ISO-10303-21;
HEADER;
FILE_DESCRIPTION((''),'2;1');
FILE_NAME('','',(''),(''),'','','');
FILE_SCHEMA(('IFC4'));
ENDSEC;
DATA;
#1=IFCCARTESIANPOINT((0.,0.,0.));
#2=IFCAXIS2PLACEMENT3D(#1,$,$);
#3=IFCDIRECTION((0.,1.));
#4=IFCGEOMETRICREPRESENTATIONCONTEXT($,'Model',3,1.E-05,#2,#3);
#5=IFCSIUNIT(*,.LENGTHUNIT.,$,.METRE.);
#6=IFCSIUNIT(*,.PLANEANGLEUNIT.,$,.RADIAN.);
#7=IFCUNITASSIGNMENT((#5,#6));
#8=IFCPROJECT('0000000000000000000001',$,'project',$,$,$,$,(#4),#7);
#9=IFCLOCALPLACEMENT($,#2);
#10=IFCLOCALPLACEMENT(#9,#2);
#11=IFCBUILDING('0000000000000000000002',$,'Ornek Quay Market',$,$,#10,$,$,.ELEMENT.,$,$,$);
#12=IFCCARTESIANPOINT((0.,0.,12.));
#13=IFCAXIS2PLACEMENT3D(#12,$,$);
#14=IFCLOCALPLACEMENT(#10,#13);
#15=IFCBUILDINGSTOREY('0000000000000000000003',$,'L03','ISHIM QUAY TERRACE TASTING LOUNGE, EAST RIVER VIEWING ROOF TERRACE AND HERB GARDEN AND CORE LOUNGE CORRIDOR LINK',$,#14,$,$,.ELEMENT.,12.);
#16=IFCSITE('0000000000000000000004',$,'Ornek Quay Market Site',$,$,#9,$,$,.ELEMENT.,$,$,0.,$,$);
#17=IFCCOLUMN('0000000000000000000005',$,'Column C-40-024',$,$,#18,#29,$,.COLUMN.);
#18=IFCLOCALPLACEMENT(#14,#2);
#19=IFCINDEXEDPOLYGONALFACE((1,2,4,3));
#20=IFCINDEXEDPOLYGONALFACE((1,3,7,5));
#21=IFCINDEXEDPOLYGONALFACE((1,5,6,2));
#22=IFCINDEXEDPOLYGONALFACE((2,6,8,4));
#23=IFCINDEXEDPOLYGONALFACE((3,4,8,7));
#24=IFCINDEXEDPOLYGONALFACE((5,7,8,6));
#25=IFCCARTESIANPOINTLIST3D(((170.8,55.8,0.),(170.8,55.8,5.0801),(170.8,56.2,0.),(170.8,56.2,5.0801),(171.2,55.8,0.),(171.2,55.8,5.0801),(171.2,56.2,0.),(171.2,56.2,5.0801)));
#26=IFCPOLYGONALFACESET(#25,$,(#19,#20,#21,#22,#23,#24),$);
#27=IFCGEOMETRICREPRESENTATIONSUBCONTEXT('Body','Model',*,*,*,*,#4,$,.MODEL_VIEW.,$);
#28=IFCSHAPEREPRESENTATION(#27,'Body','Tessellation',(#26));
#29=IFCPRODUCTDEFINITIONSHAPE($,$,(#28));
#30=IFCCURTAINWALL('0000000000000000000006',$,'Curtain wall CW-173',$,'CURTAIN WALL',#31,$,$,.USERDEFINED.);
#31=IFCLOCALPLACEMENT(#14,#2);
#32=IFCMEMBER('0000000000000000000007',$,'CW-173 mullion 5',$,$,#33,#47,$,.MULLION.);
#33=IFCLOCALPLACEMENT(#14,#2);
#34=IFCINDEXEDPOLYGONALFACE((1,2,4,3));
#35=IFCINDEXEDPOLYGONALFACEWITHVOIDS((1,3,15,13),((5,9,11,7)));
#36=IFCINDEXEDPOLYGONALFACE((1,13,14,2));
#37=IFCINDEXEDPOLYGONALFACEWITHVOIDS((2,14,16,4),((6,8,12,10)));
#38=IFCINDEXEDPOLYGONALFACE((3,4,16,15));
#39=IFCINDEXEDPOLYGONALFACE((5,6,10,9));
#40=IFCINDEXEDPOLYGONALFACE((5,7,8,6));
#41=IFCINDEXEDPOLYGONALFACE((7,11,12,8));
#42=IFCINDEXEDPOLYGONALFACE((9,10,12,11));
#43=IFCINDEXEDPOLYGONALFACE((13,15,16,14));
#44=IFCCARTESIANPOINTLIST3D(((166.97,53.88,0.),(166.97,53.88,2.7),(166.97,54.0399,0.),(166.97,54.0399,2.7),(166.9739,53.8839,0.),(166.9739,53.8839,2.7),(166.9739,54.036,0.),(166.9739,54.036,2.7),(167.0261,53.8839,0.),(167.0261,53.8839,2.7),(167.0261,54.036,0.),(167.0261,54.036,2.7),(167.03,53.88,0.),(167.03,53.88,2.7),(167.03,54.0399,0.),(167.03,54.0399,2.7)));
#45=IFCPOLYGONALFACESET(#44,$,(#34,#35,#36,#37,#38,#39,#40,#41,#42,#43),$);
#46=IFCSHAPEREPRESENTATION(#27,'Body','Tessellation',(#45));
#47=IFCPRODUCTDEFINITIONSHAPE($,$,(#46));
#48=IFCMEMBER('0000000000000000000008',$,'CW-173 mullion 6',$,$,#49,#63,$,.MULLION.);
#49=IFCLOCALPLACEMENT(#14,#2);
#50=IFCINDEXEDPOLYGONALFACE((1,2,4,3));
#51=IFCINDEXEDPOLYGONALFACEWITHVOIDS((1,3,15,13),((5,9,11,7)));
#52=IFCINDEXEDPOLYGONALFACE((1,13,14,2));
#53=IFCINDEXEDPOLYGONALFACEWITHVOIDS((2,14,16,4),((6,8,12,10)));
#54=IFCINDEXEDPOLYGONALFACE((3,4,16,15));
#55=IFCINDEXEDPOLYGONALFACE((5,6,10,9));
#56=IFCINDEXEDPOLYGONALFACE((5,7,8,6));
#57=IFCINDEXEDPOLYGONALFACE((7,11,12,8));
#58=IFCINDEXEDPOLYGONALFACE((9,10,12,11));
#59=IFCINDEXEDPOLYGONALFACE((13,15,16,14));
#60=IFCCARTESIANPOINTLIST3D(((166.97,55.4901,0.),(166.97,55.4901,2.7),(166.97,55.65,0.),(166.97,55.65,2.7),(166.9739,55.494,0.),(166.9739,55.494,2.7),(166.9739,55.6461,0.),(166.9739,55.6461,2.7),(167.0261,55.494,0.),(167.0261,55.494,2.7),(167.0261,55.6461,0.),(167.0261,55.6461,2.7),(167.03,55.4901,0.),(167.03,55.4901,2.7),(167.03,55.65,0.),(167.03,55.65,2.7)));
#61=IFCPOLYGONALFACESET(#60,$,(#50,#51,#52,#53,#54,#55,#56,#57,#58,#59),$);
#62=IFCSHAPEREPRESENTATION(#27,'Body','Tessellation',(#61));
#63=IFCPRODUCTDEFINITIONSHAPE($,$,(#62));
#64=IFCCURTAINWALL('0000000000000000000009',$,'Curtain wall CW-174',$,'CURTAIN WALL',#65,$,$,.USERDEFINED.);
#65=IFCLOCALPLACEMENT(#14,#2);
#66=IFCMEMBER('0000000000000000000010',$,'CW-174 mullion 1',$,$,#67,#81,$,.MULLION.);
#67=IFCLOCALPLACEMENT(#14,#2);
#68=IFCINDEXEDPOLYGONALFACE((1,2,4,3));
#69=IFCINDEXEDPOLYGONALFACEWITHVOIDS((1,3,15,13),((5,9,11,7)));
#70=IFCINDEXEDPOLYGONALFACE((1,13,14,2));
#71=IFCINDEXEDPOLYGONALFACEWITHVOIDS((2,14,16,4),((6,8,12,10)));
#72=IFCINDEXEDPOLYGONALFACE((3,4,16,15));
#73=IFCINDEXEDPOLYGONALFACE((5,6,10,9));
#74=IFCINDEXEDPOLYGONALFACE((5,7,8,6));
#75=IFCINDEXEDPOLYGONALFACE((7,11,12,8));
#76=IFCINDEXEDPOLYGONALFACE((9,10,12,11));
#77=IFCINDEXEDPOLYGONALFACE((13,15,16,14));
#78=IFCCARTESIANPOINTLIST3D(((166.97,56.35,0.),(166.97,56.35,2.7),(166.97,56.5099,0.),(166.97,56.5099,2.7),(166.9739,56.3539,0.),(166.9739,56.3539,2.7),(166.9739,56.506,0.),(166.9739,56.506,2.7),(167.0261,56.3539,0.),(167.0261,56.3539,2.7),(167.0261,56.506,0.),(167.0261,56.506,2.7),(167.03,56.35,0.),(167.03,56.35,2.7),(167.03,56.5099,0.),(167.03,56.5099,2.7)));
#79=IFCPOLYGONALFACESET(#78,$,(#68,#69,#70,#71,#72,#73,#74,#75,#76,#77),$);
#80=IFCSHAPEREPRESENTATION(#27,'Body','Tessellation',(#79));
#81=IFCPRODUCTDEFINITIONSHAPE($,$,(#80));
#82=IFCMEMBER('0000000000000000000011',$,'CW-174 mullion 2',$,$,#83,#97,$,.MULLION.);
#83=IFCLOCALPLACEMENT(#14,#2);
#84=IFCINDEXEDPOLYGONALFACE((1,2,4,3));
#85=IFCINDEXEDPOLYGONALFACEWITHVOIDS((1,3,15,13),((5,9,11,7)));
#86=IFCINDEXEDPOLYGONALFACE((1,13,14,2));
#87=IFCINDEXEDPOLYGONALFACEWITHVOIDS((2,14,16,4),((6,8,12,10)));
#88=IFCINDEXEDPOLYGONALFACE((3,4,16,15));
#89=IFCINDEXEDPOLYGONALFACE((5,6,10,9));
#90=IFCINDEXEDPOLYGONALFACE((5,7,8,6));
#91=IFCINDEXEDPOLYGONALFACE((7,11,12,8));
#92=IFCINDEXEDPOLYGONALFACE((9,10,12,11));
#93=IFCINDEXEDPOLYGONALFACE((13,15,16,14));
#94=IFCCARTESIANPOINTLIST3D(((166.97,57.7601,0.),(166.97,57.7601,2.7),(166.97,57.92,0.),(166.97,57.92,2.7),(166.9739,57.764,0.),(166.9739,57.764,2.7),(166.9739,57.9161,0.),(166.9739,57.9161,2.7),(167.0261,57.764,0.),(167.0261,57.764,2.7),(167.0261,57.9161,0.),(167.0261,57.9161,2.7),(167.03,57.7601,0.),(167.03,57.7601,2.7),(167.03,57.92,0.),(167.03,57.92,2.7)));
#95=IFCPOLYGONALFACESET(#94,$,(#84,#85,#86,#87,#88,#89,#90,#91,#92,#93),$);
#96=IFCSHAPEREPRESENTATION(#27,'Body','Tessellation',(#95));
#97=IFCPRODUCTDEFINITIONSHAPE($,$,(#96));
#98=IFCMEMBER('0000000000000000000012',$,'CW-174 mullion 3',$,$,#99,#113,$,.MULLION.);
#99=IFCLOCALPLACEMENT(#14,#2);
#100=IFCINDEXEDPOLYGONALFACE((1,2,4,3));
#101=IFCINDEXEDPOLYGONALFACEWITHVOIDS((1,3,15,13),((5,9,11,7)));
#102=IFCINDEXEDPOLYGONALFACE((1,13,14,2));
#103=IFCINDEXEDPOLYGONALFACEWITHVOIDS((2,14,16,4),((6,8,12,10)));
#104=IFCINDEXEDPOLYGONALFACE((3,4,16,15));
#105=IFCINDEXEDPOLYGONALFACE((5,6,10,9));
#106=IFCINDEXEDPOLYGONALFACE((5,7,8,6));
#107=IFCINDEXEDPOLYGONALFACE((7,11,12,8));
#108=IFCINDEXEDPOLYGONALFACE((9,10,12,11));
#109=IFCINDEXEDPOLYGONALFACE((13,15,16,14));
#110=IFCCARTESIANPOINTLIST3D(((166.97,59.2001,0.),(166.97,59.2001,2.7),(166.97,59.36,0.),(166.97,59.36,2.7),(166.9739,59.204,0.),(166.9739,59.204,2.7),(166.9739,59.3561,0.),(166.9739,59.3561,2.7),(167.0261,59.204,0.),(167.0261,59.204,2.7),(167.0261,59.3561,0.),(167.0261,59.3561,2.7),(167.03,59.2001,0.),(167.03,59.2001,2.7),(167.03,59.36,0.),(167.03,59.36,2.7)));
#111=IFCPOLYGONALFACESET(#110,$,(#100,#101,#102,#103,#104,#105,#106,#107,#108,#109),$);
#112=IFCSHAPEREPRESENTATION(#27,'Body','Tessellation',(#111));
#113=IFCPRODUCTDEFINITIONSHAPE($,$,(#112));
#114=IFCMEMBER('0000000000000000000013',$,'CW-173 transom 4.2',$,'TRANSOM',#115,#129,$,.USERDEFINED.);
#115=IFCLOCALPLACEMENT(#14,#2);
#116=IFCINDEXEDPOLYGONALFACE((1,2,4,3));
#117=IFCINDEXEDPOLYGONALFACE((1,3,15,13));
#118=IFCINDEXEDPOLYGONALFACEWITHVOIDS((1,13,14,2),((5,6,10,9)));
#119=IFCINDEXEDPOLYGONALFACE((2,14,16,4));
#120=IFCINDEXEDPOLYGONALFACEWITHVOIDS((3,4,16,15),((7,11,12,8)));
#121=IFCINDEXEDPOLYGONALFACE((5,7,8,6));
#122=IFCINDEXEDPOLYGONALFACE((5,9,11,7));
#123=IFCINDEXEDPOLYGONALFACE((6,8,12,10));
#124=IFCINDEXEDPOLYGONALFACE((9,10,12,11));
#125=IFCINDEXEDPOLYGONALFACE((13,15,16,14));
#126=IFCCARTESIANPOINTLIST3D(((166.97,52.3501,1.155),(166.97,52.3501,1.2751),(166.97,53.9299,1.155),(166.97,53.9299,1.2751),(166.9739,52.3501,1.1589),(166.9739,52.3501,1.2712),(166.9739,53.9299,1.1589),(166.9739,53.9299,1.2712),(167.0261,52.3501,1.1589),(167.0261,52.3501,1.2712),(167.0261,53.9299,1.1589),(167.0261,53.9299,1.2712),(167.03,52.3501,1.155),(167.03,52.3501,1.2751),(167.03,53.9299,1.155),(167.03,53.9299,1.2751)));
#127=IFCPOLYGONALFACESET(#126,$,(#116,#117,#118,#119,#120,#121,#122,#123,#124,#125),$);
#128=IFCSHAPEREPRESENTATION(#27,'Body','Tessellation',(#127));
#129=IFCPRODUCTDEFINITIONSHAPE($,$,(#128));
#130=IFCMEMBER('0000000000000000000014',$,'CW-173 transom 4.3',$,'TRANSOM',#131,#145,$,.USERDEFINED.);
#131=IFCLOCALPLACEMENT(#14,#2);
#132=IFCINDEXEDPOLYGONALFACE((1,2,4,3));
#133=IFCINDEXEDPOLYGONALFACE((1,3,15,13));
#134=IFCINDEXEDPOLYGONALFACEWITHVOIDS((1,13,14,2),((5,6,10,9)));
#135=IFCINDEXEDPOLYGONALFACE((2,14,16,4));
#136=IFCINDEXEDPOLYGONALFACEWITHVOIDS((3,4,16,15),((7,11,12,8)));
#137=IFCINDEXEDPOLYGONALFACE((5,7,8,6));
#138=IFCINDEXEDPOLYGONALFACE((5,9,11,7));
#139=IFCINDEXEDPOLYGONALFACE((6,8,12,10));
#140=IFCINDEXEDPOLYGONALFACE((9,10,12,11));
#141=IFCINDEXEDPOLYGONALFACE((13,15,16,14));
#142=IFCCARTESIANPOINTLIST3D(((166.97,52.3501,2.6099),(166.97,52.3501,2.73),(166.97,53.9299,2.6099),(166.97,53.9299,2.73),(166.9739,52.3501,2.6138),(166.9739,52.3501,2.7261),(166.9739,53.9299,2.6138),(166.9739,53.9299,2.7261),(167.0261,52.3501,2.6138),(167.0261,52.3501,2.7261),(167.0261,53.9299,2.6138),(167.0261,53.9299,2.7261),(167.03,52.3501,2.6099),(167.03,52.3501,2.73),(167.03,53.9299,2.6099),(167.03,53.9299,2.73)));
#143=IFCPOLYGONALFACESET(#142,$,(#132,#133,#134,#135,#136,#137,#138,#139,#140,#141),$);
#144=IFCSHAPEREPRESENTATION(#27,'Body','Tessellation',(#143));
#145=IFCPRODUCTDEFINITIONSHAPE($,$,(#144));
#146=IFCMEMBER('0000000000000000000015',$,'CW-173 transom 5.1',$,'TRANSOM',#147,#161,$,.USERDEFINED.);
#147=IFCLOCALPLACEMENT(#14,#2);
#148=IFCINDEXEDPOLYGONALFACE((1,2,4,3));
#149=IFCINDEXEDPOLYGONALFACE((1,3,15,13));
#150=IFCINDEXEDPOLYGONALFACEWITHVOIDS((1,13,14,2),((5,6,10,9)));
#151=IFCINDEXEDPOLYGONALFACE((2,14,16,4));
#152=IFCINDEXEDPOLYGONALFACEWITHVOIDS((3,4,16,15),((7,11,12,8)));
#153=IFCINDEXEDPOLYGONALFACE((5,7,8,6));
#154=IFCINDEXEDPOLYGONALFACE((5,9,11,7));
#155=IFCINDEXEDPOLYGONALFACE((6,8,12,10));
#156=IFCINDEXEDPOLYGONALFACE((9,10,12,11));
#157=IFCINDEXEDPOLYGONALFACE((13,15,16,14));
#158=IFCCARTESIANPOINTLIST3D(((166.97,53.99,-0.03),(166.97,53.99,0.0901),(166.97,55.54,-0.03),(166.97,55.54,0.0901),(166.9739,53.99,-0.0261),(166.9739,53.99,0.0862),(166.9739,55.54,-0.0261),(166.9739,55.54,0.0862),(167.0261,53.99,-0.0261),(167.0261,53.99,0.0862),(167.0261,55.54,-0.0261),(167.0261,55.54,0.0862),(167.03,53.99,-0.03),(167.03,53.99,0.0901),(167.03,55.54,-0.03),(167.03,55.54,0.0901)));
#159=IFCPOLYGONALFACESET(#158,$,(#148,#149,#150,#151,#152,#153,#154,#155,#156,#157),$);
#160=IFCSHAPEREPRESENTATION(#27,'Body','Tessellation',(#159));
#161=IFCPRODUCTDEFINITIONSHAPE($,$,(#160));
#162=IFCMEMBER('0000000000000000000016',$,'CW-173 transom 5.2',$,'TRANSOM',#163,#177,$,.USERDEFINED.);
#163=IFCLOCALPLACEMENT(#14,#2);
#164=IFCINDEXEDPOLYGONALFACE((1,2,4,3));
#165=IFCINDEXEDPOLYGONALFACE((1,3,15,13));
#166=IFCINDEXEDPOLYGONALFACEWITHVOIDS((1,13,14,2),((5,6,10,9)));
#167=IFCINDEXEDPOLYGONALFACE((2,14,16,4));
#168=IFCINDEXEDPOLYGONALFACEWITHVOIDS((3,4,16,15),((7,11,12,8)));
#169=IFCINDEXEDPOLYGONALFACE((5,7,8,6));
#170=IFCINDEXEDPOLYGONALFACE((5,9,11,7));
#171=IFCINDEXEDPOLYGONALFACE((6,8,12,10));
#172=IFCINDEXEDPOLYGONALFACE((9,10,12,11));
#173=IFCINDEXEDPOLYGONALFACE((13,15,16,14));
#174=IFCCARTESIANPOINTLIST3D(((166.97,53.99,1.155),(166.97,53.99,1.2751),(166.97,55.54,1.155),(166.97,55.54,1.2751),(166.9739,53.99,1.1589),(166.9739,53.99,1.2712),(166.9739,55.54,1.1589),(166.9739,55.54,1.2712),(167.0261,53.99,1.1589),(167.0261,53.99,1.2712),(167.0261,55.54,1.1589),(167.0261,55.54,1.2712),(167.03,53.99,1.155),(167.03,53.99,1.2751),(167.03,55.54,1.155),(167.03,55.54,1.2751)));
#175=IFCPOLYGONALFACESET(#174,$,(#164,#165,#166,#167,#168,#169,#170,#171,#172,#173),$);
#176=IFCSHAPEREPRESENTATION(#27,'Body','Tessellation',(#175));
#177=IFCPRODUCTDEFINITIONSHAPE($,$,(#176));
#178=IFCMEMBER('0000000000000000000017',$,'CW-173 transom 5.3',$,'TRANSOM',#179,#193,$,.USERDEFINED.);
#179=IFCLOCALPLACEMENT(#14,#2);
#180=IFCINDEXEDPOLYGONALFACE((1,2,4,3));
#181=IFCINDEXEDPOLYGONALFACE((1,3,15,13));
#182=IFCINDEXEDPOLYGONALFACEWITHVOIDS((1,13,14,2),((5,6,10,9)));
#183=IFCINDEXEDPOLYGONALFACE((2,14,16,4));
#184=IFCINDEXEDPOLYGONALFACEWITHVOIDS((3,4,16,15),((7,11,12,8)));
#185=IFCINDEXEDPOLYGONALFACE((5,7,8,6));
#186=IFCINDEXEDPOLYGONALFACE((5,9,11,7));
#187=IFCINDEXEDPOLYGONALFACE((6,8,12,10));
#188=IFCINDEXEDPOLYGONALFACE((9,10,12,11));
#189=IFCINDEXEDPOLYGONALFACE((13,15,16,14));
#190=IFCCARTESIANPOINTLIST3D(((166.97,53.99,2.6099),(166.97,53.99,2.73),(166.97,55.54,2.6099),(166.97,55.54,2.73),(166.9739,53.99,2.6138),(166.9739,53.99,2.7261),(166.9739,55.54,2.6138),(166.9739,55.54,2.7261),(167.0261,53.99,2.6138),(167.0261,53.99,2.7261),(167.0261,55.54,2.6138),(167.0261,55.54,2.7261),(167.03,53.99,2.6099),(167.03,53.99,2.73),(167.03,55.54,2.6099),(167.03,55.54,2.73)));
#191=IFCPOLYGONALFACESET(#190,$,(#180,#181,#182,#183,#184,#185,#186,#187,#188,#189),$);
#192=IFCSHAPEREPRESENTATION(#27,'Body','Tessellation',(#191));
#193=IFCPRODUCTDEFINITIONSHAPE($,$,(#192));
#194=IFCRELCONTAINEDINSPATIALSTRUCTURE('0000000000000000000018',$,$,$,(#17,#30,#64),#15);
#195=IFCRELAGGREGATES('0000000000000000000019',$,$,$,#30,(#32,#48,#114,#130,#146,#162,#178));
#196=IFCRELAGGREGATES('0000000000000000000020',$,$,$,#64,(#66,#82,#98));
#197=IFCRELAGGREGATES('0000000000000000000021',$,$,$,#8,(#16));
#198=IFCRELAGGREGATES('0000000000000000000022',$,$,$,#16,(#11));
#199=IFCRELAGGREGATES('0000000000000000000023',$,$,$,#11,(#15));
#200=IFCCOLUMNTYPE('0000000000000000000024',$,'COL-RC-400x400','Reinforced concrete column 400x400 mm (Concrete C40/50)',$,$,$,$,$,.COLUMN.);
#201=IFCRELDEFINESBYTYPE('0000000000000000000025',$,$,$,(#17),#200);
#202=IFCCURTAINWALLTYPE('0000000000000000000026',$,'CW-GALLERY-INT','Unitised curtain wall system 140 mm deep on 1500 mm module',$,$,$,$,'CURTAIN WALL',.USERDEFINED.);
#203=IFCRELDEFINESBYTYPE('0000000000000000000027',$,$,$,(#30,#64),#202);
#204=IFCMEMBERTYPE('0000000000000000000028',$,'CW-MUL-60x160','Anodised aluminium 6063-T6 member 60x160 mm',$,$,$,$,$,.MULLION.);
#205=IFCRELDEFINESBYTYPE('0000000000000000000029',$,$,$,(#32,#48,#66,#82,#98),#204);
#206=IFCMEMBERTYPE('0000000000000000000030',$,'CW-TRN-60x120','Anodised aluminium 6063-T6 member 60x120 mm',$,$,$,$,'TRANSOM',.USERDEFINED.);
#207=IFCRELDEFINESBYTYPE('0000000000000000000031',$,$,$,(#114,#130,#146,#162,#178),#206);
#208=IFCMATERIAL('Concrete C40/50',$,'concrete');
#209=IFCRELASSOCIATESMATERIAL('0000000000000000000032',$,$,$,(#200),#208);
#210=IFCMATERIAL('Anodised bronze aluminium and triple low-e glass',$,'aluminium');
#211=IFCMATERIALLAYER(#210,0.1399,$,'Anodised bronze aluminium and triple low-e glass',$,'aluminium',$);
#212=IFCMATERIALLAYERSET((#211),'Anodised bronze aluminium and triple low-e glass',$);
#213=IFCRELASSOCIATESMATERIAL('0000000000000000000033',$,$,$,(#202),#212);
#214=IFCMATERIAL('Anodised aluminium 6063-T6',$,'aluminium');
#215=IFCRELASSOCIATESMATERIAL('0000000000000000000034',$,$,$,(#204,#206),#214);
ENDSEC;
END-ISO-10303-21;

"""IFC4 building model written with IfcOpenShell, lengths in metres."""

from ifc_helpers import new_model, si_unit, direction, frame, origin, origin_2d, place, context, subcontext, project, spatial, rectangle, hollow_rectangle, extrude, material, layer, layer_set, material_profile, profile_set, type_object, element, aggregate, save


model = new_model("IFC4")

# Units and contexts
model_context = context("Model", 3, precision=1e-05, world=origin(), true_north=direction((0.0, 1.0)))
body_context = subcontext(model_context, "Body", "Model", "MODEL_VIEW")
ifc_project = project(units=[si_unit("LENGTHUNIT", "METRE"), si_unit("PLANEANGLEUNIT", "RADIAN")], contexts=[model_context])

# Site, building, storey
site_placement = place(None, origin())
site = spatial("IfcSite", under=ifc_project, at=site_placement, Name="Ornek Quay Market Site", CompositionType="ELEMENT", RefElevation=0.0)
building_placement = place(site_placement, origin())
building = spatial("IfcBuilding", under=site, at=building_placement, Name="Ornek Quay Market", CompositionType="ELEMENT")
storey_placement = place(building_placement, frame((0.0, 0.0, 12.0)))
storey = spatial("IfcBuildingStorey", under=building, at=storey_placement, Name="L03", Description="ISHIM QUAY TERRACE TASTING LOUNGE, EAST RIVER VIEWING ROOF TERRACE AND HERB GARDEN AND CORE LOUNGE CORRIDOR LINK", CompositionType="ELEMENT", Elevation=12.0)

# Column
ifc_material_1 = material(Name="Concrete C40/50", Category="concrete")
ifc_material_profile_1 = material_profile(ifc_material_1, rectangle(XDim=0.3999, YDim=0.3999, at=origin_2d()), Name="RC 400x400", Category="concrete")
ifc_profile_set_1 = profile_set([ifc_material_profile_1], Name="Concrete C40/50")
column_type = type_object("IfcColumnType", Name="COL-RC-400x400", Description="Reinforced concrete column 400x400 mm (Concrete C40/50)", PredefinedType="COLUMN", material=ifc_profile_set_1)
column_placement = place(storey_placement, frame((171.0, 56.0, 0.0), z_axis=(0.0, 0.0, 1.0), x_axis=(1.0, 0.0, 0.0)))
element("IfcColumn", 1, at=column_placement, inside=storey, type_object=column_type, Name="Column C-40-024", PredefinedType="COLUMN", context=body_context, shape_type="SweptSolid", body=[
    extrude(rectangle(XDim=0.3999, YDim=0.3999, at=origin_2d()), origin(), (0.0, 0.0, 1.0), 5.0801),
])

# Curtain walls, members
ifc_material_2 = material(Name="Anodised bronze aluminium and triple low-e glass", Category="aluminium")
ifc_layer_1 = layer(ifc_material_2, 0.1399, Name="Anodised bronze aluminium and triple low-e glass", Category="aluminium")
ifc_layer_set_1 = layer_set([ifc_layer_1], Name="Anodised bronze aluminium and triple low-e glass")
curtain_wall_type_1 = type_object("IfcCurtainWallType", Name="CW-GALLERY-INT", Description="Unitised curtain wall system 140 mm deep on 1500 mm module", ElementType="CURTAIN WALL", PredefinedType="USERDEFINED", material=ifc_layer_set_1)
curtain_wall_1_placement = place(storey_placement, origin())
curtain_wall_1 = element("IfcCurtainWall", 2, at=curtain_wall_1_placement, inside=storey, type_object=curtain_wall_type_1, Name="Curtain wall CW-173", ObjectType="CURTAIN WALL", PredefinedType="USERDEFINED")
ifc_material_3 = material(Name="Anodised aluminium 6063-T6", Category="aluminium")
ifc_material_profile_2 = material_profile(ifc_material_3, hollow_rectangle(XDim=0.0601, YDim=0.1599, WallThickness=0.0039, at=origin_2d()), Name="CW-MUL-60x160", Category="aluminium")
ifc_profile_set_2 = profile_set([ifc_material_profile_2], Name="Anodised aluminium 6063-T6")
member_type_1 = type_object("IfcMemberType", Name="CW-MUL-60x160", Description="Anodised aluminium 6063-T6 member 60x160 mm", PredefinedType="MULLION", material=ifc_profile_set_2)
member_1_placement = place(storey_placement, frame((167.0, 53.96, 0.0), z_axis=(0.0, 0.0, 1.0), x_axis=(-1.0, 0.0, 0.0)))
member_1 = element("IfcMember", 3, at=member_1_placement, type_object=member_type_1, Name="CW-173 mullion 5", PredefinedType="MULLION", context=body_context, shape_type="SweptSolid", body=[
    extrude(hollow_rectangle(XDim=0.0601, YDim=0.1599, WallThickness=0.0039, at=origin_2d()), origin(), (0.0, 0.0, 1.0), 2.7),
])
member_2_placement = place(storey_placement, frame((167.0, 55.5701, 0.0), z_axis=(0.0, 0.0, 1.0), x_axis=(-1.0, 0.0, 0.0)))
member_2 = element("IfcMember", 4, at=member_2_placement, type_object=member_type_1, Name="CW-173 mullion 6", PredefinedType="MULLION", context=body_context, shape_type="SweptSolid", body=[
    extrude(hollow_rectangle(XDim=0.0601, YDim=0.1599, WallThickness=0.0039, at=origin_2d()), origin(), (0.0, 0.0, 1.0), 2.7),
])
curtain_wall_2_placement = place(storey_placement, origin())
curtain_wall_2 = element("IfcCurtainWall", 5, at=curtain_wall_2_placement, inside=storey, type_object=curtain_wall_type_1, Name="Curtain wall CW-174", ObjectType="CURTAIN WALL", PredefinedType="USERDEFINED")
member_3_placement = place(storey_placement, frame((167.0, 56.4299, 0.0), z_axis=(0.0, 0.0, 1.0), x_axis=(-1.0, 0.0, 0.0)))
member_3 = element("IfcMember", 6, at=member_3_placement, type_object=member_type_1, Name="CW-174 mullion 1", PredefinedType="MULLION", context=body_context, shape_type="SweptSolid", body=[
    extrude(hollow_rectangle(XDim=0.0601, YDim=0.1599, WallThickness=0.0039, at=origin_2d()), origin(), (0.0, 0.0, 1.0), 2.7),
])
member_4_placement = place(storey_placement, frame((167.0, 57.8401, 0.0), z_axis=(0.0, 0.0, 1.0), x_axis=(-1.0, 0.0, 0.0)))
member_4 = element("IfcMember", 7, at=member_4_placement, type_object=member_type_1, Name="CW-174 mullion 2", PredefinedType="MULLION", context=body_context, shape_type="SweptSolid", body=[
    extrude(hollow_rectangle(XDim=0.0601, YDim=0.1599, WallThickness=0.0039, at=origin_2d()), origin(), (0.0, 0.0, 1.0), 2.7),
])
member_5_placement = place(storey_placement, frame((167.0, 59.28, 0.0), z_axis=(0.0, 0.0, 1.0), x_axis=(-1.0, 0.0, 0.0)))
member_5 = element("IfcMember", 8, at=member_5_placement, type_object=member_type_1, Name="CW-174 mullion 3", PredefinedType="MULLION", context=body_context, shape_type="SweptSolid", body=[
    extrude(hollow_rectangle(XDim=0.0601, YDim=0.1599, WallThickness=0.0039, at=origin_2d()), origin(), (0.0, 0.0, 1.0), 2.7),
])

# Members
ifc_material_profile_3 = material_profile(ifc_material_3, hollow_rectangle(XDim=0.0601, YDim=0.1201, WallThickness=0.0039, at=origin_2d()), Name="CW-TRN-60x120", Category="aluminium")
ifc_profile_set_3 = profile_set([ifc_material_profile_3], Name="Anodised aluminium 6063-T6")
member_type_2 = type_object("IfcMemberType", Name="CW-TRN-60x120", Description="Anodised aluminium 6063-T6 member 60x120 mm", ElementType="TRANSOM", PredefinedType="USERDEFINED", material=ifc_profile_set_3)
member_6_placement = place(storey_placement, frame((167.0, 52.3501, 1.2151), z_axis=(0.0, 1.0, 0.0), x_axis=(-1.0, 0.0, 0.0)))
member_6 = element("IfcMember", 9, at=member_6_placement, type_object=member_type_2, Name="CW-173 transom 4.2", ObjectType="TRANSOM", PredefinedType="USERDEFINED", context=body_context, shape_type="SweptSolid", body=[
    extrude(hollow_rectangle(XDim=0.0601, YDim=0.1201, WallThickness=0.0039, at=origin_2d()), origin(), (0.0, 0.0, 1.0), 1.5798),
])
member_7_placement = place(storey_placement, frame((167.0, 52.3501, 2.6699), z_axis=(0.0, 1.0, 0.0), x_axis=(-1.0, 0.0, 0.0)))
member_7 = element("IfcMember", 10, at=member_7_placement, type_object=member_type_2, Name="CW-173 transom 4.3", ObjectType="TRANSOM", PredefinedType="USERDEFINED", context=body_context, shape_type="SweptSolid", body=[
    extrude(hollow_rectangle(XDim=0.0601, YDim=0.1201, WallThickness=0.0039, at=origin_2d()), origin(), (0.0, 0.0, 1.0), 1.5798),
])
member_8_placement = place(storey_placement, frame((167.0, 53.99, 0.03), z_axis=(0.0, 1.0, 0.0), x_axis=(-1.0, 0.0, 0.0)))
member_8 = element("IfcMember", 11, at=member_8_placement, type_object=member_type_2, Name="CW-173 transom 5.1", ObjectType="TRANSOM", PredefinedType="USERDEFINED", context=body_context, shape_type="SweptSolid", body=[
    extrude(hollow_rectangle(XDim=0.0601, YDim=0.1201, WallThickness=0.0039, at=origin_2d()), origin(), (0.0, 0.0, 1.0), 1.55),
])
member_9_placement = place(storey_placement, frame((167.0, 53.99, 1.2151), z_axis=(0.0, 1.0, 0.0), x_axis=(-1.0, 0.0, 0.0)))
member_9 = element("IfcMember", 12, at=member_9_placement, type_object=member_type_2, Name="CW-173 transom 5.2", ObjectType="TRANSOM", PredefinedType="USERDEFINED", context=body_context, shape_type="SweptSolid", body=[
    extrude(hollow_rectangle(XDim=0.0601, YDim=0.1201, WallThickness=0.0039, at=origin_2d()), origin(), (0.0, 0.0, 1.0), 1.55),
])
member_10_placement = place(storey_placement, frame((167.0, 53.99, 2.6699), z_axis=(0.0, 1.0, 0.0), x_axis=(-1.0, 0.0, 0.0)))
member_10 = element("IfcMember", 13, at=member_10_placement, type_object=member_type_2, Name="CW-173 transom 5.3", ObjectType="TRANSOM", PredefinedType="USERDEFINED", context=body_context, shape_type="SweptSolid", body=[
    extrude(hollow_rectangle(XDim=0.0601, YDim=0.1201, WallThickness=0.0039, at=origin_2d()), origin(), (0.0, 0.0, 1.0), 1.55),
])

aggregate(curtain_wall_1, [member_1, member_2, member_6, member_7, member_8, member_9, member_10])
aggregate(curtain_wall_2, [member_3, member_4, member_5])

save(model, "model.ifc")
